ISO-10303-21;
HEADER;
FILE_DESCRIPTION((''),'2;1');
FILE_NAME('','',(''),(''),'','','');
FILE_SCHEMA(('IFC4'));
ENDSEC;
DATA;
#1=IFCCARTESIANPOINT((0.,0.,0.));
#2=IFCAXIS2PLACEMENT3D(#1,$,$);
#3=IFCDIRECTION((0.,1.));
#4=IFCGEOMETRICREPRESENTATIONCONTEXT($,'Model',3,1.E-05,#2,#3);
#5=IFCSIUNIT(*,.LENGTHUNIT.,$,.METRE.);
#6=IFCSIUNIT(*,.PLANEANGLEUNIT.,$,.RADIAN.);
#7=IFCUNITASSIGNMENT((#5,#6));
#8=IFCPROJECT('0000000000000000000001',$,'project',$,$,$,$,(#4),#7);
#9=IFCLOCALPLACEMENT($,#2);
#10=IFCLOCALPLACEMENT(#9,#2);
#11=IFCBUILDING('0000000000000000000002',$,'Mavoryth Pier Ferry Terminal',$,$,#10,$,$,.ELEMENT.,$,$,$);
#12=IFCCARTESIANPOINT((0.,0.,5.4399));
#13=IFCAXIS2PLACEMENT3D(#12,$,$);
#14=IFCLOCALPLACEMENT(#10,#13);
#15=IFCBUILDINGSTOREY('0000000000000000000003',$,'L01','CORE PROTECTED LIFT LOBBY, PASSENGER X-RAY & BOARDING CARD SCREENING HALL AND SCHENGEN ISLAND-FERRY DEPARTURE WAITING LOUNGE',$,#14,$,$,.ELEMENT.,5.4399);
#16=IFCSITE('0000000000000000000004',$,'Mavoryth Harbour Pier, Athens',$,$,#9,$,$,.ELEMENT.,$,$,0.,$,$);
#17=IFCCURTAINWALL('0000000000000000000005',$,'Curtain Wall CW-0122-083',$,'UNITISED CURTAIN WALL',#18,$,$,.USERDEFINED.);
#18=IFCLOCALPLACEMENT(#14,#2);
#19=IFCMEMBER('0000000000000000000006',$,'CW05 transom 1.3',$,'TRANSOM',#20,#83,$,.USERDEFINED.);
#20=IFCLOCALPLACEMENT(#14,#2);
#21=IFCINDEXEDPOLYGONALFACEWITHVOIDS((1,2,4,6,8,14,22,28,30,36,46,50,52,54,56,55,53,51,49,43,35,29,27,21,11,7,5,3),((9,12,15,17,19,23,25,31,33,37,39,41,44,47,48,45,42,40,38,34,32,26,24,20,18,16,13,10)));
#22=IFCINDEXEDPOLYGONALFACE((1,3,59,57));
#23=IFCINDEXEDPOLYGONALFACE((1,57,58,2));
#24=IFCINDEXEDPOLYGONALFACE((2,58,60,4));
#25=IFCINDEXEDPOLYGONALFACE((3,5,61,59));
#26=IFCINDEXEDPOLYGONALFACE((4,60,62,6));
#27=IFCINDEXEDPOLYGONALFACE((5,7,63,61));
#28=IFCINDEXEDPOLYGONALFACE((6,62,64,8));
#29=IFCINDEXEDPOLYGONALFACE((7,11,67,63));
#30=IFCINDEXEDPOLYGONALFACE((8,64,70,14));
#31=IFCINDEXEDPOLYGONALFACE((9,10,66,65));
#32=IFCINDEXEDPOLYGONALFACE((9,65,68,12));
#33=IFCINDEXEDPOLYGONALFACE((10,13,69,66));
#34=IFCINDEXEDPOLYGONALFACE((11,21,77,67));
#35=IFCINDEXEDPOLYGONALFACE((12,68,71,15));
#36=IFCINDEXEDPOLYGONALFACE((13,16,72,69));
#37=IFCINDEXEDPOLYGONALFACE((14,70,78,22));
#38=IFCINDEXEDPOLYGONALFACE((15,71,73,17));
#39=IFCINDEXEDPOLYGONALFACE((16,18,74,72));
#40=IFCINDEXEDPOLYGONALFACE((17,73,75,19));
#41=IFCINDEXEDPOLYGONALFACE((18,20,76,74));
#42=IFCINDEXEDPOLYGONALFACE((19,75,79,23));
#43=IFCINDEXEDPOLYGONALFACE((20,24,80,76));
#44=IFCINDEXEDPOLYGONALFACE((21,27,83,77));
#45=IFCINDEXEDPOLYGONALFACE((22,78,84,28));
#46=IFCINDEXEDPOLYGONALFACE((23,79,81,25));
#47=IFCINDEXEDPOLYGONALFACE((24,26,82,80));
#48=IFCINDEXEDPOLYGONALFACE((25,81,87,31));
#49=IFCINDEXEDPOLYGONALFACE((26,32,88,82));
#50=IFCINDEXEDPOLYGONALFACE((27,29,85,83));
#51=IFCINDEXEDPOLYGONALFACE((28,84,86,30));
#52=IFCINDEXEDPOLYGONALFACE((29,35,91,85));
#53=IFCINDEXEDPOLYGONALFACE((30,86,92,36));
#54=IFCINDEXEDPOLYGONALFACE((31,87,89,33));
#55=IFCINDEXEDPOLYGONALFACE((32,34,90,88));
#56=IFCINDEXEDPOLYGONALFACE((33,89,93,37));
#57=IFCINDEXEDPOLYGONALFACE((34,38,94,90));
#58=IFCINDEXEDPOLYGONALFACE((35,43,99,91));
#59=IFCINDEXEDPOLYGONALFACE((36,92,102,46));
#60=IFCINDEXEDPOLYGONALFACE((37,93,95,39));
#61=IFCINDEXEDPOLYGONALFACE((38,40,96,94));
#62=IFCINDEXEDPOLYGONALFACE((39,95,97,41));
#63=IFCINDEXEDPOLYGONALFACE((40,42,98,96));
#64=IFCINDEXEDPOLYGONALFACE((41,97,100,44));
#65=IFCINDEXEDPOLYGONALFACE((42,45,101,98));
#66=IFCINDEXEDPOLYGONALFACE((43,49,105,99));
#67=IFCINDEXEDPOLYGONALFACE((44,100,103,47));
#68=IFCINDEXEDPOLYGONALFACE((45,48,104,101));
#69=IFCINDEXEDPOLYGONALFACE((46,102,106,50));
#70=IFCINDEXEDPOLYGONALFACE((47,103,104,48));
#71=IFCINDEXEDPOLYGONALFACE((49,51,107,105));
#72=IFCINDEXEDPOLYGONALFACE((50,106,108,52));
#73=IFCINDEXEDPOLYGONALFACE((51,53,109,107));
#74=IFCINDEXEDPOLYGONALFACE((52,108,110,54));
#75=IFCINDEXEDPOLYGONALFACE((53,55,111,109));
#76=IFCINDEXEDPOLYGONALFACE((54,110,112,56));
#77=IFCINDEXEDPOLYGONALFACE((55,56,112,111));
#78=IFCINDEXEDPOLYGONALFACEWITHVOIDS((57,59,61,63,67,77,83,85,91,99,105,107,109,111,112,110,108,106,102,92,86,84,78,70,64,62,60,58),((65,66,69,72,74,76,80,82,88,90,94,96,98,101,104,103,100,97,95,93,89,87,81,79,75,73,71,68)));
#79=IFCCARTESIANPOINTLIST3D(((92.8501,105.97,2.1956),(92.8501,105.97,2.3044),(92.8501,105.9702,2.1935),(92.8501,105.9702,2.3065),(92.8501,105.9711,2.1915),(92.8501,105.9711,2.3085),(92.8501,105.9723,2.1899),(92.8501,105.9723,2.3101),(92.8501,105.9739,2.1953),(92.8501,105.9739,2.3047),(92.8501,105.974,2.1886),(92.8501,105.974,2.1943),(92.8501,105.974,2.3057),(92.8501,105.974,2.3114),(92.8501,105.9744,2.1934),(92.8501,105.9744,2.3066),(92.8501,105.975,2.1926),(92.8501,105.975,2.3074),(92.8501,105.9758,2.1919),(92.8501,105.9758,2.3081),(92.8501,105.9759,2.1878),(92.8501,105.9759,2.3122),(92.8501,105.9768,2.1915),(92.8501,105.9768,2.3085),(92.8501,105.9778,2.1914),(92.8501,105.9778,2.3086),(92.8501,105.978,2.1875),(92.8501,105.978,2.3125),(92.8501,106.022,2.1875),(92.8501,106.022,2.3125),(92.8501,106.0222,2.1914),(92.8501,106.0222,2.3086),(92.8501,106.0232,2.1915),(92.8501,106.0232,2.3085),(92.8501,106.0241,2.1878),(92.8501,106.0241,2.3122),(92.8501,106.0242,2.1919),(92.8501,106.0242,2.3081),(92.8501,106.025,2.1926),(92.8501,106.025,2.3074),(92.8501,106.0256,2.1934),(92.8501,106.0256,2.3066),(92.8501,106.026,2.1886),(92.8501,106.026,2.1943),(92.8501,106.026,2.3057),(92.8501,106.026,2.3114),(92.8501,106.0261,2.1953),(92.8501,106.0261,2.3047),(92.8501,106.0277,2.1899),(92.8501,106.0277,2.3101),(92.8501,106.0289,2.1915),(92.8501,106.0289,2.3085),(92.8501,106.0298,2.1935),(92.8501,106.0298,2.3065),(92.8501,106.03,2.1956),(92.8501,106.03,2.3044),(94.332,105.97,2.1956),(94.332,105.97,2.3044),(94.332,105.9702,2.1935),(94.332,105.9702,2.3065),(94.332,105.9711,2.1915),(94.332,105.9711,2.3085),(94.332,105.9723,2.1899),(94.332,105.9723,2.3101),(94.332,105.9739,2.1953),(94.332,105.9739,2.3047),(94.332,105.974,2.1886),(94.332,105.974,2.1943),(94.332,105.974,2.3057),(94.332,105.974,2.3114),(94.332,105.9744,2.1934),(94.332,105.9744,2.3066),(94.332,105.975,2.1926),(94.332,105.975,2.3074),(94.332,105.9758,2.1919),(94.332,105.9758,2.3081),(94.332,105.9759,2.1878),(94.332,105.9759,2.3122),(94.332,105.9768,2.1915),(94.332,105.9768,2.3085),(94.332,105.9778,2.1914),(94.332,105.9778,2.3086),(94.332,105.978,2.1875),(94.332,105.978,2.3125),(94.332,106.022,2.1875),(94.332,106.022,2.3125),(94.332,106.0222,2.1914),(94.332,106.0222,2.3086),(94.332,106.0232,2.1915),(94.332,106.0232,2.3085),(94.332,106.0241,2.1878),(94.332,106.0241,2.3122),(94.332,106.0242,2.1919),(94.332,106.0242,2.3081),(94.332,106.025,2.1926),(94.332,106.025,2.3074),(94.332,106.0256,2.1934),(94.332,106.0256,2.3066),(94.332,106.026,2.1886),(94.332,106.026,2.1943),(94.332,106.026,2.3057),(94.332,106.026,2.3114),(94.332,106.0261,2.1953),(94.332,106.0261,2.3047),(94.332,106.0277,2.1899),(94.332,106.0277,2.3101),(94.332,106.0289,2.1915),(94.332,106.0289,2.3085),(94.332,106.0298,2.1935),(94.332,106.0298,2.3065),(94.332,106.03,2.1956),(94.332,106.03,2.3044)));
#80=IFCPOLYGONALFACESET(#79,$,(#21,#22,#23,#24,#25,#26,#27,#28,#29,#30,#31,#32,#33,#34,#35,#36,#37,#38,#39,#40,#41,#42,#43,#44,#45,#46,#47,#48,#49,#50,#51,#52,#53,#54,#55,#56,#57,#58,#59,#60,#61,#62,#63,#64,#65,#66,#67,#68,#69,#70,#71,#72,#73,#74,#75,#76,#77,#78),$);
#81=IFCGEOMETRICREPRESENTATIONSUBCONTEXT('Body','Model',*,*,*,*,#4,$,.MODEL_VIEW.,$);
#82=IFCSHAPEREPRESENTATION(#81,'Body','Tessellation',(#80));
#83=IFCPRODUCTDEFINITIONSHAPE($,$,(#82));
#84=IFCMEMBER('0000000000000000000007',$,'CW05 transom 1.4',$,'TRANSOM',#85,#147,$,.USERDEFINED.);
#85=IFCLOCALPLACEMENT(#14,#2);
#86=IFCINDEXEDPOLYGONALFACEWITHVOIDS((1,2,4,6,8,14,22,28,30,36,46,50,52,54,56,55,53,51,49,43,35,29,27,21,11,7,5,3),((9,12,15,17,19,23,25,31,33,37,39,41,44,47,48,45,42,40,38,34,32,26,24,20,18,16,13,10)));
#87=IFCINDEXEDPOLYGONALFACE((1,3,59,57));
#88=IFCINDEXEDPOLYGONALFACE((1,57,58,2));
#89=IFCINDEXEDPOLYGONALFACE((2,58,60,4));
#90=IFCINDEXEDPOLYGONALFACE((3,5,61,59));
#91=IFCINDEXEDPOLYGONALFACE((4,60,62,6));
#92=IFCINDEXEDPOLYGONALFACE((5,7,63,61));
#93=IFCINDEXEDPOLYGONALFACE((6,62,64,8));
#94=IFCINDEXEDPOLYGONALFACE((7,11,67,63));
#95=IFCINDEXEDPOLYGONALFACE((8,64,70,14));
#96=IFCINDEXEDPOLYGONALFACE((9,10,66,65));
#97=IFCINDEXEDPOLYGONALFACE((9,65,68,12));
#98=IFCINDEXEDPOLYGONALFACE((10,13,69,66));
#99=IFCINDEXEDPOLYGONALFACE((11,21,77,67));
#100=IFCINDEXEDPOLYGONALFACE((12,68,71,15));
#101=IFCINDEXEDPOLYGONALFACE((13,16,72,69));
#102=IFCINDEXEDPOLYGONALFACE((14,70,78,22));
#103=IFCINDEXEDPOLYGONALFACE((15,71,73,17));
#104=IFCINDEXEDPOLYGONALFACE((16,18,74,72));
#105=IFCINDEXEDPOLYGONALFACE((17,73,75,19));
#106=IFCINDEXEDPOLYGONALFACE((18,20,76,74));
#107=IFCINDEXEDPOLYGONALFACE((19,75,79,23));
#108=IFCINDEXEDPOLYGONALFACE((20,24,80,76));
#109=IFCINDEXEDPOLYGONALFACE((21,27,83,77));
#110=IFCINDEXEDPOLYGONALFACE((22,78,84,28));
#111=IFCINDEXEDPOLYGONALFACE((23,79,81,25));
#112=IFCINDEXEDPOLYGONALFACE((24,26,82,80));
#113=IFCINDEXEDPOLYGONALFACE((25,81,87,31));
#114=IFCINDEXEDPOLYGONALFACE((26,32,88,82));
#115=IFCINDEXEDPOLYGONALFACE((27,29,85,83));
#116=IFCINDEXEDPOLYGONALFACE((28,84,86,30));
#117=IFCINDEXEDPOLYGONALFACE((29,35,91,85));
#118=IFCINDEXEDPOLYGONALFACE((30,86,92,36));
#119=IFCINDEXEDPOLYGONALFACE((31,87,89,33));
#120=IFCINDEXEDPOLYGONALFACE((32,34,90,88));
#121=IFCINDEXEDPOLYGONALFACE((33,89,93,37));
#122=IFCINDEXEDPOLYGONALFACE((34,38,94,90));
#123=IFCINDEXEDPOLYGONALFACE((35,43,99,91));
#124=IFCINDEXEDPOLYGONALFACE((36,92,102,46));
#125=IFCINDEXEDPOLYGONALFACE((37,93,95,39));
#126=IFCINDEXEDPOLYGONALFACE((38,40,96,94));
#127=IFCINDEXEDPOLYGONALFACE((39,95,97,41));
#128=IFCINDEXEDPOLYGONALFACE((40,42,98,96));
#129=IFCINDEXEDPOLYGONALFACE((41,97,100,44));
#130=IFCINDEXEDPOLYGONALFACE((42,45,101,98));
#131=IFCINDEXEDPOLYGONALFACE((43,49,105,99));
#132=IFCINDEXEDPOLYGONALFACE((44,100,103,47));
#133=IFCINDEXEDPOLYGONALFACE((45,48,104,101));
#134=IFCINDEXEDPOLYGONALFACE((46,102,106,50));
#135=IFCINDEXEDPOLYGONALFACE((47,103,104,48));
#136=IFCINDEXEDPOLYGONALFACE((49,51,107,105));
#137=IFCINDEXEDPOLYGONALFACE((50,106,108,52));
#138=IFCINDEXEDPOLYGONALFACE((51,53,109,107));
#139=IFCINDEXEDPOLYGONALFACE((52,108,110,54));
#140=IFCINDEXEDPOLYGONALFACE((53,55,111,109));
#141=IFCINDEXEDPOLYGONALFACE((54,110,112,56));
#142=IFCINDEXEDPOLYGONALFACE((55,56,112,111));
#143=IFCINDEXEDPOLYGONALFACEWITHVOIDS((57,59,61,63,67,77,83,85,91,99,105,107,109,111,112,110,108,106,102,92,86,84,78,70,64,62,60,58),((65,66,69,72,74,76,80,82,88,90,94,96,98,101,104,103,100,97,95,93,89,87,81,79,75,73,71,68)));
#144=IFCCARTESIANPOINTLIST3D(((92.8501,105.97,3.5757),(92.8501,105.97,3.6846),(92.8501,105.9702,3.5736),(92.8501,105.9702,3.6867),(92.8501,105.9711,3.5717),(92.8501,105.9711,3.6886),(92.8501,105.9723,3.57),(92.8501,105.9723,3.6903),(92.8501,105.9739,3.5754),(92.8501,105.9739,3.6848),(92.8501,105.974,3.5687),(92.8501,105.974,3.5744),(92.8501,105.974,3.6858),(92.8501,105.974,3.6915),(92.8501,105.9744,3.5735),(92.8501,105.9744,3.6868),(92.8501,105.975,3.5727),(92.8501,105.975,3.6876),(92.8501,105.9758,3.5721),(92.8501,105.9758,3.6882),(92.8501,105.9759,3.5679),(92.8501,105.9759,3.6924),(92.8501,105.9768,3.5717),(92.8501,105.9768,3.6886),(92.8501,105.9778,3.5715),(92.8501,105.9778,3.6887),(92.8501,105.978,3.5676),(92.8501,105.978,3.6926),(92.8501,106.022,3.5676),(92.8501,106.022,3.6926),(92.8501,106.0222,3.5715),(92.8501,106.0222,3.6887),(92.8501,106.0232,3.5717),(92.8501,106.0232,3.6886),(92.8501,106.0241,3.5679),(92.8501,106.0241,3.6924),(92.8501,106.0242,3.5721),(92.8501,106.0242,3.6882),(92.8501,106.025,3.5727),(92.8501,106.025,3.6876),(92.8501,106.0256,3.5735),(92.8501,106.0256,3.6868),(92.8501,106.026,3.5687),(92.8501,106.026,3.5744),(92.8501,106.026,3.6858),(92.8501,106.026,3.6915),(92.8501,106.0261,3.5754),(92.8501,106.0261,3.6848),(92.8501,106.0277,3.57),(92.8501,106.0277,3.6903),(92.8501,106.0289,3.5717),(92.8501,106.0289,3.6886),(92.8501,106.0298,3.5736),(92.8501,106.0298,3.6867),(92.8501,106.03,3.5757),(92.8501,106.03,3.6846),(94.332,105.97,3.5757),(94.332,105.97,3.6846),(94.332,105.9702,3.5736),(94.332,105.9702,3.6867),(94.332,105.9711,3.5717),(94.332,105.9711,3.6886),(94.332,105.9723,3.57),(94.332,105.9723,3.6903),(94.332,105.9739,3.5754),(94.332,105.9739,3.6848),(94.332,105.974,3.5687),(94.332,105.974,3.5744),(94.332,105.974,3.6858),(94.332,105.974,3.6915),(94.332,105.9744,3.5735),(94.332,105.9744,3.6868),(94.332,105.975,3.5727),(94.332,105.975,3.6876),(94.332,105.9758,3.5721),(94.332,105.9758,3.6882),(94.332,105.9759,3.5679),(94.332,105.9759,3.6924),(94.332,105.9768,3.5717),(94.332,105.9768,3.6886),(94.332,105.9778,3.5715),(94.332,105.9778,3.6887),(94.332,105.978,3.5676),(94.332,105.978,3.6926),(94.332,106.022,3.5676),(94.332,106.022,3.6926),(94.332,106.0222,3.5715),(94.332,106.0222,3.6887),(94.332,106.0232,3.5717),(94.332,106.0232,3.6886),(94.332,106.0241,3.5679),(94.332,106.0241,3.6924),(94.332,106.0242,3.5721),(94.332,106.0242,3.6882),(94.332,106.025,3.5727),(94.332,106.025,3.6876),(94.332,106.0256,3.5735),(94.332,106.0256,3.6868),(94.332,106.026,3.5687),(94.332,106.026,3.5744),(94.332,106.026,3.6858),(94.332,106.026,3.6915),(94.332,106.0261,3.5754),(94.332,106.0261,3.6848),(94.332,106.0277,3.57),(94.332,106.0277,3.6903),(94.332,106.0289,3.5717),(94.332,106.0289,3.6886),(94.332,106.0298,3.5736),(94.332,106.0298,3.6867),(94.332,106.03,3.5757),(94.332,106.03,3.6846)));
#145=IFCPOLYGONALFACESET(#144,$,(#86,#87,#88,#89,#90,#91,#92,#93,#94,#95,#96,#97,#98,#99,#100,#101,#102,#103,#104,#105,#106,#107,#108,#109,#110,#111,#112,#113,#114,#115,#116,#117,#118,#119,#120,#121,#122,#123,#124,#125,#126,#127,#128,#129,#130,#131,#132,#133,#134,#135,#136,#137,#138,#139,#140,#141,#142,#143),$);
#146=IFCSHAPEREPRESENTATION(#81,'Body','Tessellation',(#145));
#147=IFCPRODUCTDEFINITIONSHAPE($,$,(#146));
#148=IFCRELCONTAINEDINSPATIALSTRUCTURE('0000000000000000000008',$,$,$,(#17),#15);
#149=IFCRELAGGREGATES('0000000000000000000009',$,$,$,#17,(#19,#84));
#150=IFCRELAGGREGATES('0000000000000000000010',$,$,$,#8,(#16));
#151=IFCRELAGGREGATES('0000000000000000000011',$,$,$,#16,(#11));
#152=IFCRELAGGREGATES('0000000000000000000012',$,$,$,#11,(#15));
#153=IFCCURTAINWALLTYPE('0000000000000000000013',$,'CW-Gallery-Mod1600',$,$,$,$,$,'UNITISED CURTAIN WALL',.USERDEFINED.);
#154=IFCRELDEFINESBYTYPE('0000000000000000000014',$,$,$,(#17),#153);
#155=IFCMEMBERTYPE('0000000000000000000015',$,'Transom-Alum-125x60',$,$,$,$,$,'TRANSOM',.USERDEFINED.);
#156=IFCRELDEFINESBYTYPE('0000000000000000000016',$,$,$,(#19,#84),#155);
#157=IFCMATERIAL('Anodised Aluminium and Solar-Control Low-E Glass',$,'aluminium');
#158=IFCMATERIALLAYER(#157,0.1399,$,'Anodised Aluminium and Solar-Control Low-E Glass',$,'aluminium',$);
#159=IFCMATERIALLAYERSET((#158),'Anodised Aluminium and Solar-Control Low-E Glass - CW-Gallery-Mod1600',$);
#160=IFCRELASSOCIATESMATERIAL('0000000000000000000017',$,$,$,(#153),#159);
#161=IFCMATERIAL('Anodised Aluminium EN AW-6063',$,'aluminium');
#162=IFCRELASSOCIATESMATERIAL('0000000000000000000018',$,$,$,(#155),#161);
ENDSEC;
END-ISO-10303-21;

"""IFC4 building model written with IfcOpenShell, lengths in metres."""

from ifc_helpers import new_model, si_unit, direction, frame, origin, origin_2d, place, context, subcontext, project, spatial, hollow_rectangle, extrude, material, layer, layer_set, material_profile, profile_set, type_object, element, aggregate, save


model = new_model("IFC4")

# Units and contexts
model_context = context("Model", 3, precision=1e-05, world=origin(), true_north=direction((0.0, 1.0)))
body_context = subcontext(model_context, "Body", "Model", "MODEL_VIEW")
ifc_project = project(units=[si_unit("LENGTHUNIT", "METRE"), si_unit("PLANEANGLEUNIT", "RADIAN")], contexts=[model_context])

# Site, building, storey
site_placement = place(None, origin())
site = spatial("IfcSite", under=ifc_project, at=site_placement, Name="Mavoryth Harbour Pier, Athens", CompositionType="ELEMENT", RefElevation=0.0)
building_placement = place(site_placement, origin())
building = spatial("IfcBuilding", under=site, at=building_placement, Name="Mavoryth Pier Ferry Terminal", CompositionType="ELEMENT")
storey_placement = place(building_placement, frame((0.0, 0.0, 5.4399)))
storey = spatial("IfcBuildingStorey", under=building, at=storey_placement, Name="L01", Description="CORE PROTECTED LIFT LOBBY, PASSENGER X-RAY & BOARDING CARD SCREENING HALL AND SCHENGEN ISLAND-FERRY DEPARTURE WAITING LOUNGE", CompositionType="ELEMENT", Elevation=5.4399)

# Shared definitions
ifc_material_1 = material(Name="Anodised Aluminium and Solar-Control Low-E Glass", Category="aluminium")
ifc_material_2 = material(Name="Anodised Aluminium EN AW-6063", Category="aluminium")

# Curtain wall
ifc_layer_1 = layer(ifc_material_1, 0.1399, Name="Anodised Aluminium and Solar-Control Low-E Glass", Category="aluminium")
ifc_layer_set_1 = layer_set([ifc_layer_1], Name="Anodised Aluminium and Solar-Control Low-E Glass - CW-Gallery-Mod1600")
curtain_wall_type_1 = type_object("IfcCurtainWallType", Name="CW-Gallery-Mod1600", ElementType="UNITISED CURTAIN WALL", PredefinedType="USERDEFINED", material=ifc_layer_set_1)
curtain_wall_1_placement = place(storey_placement, origin())
curtain_wall_1 = element("IfcCurtainWall", 1, at=curtain_wall_1_placement, inside=storey, type_object=curtain_wall_type_1, Name="Curtain Wall CW-0122-083", ObjectType="UNITISED CURTAIN WALL", PredefinedType="USERDEFINED")

# Members
ifc_material_profile_1 = material_profile(ifc_material_2, hollow_rectangle(XDim=0.0601, YDim=0.125, WallThickness=0.0039, InnerFilletRadius=0.0039, OuterFilletRadius=0.0081, at=origin_2d()), Name="AL-TRAN 125x60x4", Category="aluminium")
ifc_profile_set_1 = profile_set([ifc_material_profile_1], Name="Anodised Aluminium EN AW-6063 - AL-TRAN 125x60x4")
member_type_1 = type_object("IfcMemberType", Name="Transom-Alum-125x60", ElementType="TRANSOM", PredefinedType="USERDEFINED", material=ifc_profile_set_1)
member_1_placement = place(storey_placement, frame((92.8501, 106.0, 2.25), z_axis=(1.0, 0.0, 0.0), x_axis=(0.0, 1.0, 0.0)))
member_1 = element("IfcMember", 2, at=member_1_placement, type_object=member_type_1, Name="CW05 transom 1.3", ObjectType="TRANSOM", PredefinedType="USERDEFINED", context=body_context, shape_type="SweptSolid", body=[
    extrude(hollow_rectangle(XDim=0.0601, YDim=0.125, WallThickness=0.0039, InnerFilletRadius=0.0039, OuterFilletRadius=0.0081, at=origin_2d()), origin(), (0.0, 0.0, 1.0), 1.4819),
])
member_2_placement = place(storey_placement, frame((92.8501, 106.0, 3.6301), z_axis=(1.0, 0.0, 0.0), x_axis=(0.0, 1.0, 0.0)))
member_2 = element("IfcMember", 3, at=member_2_placement, type_object=member_type_1, Name="CW05 transom 1.4", ObjectType="TRANSOM", PredefinedType="USERDEFINED", context=body_context, shape_type="SweptSolid", body=[
    extrude(hollow_rectangle(XDim=0.0601, YDim=0.125, WallThickness=0.0039, InnerFilletRadius=0.0039, OuterFilletRadius=0.0081, at=origin_2d()), origin(), (0.0, 0.0, 1.0), 1.4819),
])

aggregate(curtain_wall_1, [member_1, member_2])

save(model, "model.ifc")
